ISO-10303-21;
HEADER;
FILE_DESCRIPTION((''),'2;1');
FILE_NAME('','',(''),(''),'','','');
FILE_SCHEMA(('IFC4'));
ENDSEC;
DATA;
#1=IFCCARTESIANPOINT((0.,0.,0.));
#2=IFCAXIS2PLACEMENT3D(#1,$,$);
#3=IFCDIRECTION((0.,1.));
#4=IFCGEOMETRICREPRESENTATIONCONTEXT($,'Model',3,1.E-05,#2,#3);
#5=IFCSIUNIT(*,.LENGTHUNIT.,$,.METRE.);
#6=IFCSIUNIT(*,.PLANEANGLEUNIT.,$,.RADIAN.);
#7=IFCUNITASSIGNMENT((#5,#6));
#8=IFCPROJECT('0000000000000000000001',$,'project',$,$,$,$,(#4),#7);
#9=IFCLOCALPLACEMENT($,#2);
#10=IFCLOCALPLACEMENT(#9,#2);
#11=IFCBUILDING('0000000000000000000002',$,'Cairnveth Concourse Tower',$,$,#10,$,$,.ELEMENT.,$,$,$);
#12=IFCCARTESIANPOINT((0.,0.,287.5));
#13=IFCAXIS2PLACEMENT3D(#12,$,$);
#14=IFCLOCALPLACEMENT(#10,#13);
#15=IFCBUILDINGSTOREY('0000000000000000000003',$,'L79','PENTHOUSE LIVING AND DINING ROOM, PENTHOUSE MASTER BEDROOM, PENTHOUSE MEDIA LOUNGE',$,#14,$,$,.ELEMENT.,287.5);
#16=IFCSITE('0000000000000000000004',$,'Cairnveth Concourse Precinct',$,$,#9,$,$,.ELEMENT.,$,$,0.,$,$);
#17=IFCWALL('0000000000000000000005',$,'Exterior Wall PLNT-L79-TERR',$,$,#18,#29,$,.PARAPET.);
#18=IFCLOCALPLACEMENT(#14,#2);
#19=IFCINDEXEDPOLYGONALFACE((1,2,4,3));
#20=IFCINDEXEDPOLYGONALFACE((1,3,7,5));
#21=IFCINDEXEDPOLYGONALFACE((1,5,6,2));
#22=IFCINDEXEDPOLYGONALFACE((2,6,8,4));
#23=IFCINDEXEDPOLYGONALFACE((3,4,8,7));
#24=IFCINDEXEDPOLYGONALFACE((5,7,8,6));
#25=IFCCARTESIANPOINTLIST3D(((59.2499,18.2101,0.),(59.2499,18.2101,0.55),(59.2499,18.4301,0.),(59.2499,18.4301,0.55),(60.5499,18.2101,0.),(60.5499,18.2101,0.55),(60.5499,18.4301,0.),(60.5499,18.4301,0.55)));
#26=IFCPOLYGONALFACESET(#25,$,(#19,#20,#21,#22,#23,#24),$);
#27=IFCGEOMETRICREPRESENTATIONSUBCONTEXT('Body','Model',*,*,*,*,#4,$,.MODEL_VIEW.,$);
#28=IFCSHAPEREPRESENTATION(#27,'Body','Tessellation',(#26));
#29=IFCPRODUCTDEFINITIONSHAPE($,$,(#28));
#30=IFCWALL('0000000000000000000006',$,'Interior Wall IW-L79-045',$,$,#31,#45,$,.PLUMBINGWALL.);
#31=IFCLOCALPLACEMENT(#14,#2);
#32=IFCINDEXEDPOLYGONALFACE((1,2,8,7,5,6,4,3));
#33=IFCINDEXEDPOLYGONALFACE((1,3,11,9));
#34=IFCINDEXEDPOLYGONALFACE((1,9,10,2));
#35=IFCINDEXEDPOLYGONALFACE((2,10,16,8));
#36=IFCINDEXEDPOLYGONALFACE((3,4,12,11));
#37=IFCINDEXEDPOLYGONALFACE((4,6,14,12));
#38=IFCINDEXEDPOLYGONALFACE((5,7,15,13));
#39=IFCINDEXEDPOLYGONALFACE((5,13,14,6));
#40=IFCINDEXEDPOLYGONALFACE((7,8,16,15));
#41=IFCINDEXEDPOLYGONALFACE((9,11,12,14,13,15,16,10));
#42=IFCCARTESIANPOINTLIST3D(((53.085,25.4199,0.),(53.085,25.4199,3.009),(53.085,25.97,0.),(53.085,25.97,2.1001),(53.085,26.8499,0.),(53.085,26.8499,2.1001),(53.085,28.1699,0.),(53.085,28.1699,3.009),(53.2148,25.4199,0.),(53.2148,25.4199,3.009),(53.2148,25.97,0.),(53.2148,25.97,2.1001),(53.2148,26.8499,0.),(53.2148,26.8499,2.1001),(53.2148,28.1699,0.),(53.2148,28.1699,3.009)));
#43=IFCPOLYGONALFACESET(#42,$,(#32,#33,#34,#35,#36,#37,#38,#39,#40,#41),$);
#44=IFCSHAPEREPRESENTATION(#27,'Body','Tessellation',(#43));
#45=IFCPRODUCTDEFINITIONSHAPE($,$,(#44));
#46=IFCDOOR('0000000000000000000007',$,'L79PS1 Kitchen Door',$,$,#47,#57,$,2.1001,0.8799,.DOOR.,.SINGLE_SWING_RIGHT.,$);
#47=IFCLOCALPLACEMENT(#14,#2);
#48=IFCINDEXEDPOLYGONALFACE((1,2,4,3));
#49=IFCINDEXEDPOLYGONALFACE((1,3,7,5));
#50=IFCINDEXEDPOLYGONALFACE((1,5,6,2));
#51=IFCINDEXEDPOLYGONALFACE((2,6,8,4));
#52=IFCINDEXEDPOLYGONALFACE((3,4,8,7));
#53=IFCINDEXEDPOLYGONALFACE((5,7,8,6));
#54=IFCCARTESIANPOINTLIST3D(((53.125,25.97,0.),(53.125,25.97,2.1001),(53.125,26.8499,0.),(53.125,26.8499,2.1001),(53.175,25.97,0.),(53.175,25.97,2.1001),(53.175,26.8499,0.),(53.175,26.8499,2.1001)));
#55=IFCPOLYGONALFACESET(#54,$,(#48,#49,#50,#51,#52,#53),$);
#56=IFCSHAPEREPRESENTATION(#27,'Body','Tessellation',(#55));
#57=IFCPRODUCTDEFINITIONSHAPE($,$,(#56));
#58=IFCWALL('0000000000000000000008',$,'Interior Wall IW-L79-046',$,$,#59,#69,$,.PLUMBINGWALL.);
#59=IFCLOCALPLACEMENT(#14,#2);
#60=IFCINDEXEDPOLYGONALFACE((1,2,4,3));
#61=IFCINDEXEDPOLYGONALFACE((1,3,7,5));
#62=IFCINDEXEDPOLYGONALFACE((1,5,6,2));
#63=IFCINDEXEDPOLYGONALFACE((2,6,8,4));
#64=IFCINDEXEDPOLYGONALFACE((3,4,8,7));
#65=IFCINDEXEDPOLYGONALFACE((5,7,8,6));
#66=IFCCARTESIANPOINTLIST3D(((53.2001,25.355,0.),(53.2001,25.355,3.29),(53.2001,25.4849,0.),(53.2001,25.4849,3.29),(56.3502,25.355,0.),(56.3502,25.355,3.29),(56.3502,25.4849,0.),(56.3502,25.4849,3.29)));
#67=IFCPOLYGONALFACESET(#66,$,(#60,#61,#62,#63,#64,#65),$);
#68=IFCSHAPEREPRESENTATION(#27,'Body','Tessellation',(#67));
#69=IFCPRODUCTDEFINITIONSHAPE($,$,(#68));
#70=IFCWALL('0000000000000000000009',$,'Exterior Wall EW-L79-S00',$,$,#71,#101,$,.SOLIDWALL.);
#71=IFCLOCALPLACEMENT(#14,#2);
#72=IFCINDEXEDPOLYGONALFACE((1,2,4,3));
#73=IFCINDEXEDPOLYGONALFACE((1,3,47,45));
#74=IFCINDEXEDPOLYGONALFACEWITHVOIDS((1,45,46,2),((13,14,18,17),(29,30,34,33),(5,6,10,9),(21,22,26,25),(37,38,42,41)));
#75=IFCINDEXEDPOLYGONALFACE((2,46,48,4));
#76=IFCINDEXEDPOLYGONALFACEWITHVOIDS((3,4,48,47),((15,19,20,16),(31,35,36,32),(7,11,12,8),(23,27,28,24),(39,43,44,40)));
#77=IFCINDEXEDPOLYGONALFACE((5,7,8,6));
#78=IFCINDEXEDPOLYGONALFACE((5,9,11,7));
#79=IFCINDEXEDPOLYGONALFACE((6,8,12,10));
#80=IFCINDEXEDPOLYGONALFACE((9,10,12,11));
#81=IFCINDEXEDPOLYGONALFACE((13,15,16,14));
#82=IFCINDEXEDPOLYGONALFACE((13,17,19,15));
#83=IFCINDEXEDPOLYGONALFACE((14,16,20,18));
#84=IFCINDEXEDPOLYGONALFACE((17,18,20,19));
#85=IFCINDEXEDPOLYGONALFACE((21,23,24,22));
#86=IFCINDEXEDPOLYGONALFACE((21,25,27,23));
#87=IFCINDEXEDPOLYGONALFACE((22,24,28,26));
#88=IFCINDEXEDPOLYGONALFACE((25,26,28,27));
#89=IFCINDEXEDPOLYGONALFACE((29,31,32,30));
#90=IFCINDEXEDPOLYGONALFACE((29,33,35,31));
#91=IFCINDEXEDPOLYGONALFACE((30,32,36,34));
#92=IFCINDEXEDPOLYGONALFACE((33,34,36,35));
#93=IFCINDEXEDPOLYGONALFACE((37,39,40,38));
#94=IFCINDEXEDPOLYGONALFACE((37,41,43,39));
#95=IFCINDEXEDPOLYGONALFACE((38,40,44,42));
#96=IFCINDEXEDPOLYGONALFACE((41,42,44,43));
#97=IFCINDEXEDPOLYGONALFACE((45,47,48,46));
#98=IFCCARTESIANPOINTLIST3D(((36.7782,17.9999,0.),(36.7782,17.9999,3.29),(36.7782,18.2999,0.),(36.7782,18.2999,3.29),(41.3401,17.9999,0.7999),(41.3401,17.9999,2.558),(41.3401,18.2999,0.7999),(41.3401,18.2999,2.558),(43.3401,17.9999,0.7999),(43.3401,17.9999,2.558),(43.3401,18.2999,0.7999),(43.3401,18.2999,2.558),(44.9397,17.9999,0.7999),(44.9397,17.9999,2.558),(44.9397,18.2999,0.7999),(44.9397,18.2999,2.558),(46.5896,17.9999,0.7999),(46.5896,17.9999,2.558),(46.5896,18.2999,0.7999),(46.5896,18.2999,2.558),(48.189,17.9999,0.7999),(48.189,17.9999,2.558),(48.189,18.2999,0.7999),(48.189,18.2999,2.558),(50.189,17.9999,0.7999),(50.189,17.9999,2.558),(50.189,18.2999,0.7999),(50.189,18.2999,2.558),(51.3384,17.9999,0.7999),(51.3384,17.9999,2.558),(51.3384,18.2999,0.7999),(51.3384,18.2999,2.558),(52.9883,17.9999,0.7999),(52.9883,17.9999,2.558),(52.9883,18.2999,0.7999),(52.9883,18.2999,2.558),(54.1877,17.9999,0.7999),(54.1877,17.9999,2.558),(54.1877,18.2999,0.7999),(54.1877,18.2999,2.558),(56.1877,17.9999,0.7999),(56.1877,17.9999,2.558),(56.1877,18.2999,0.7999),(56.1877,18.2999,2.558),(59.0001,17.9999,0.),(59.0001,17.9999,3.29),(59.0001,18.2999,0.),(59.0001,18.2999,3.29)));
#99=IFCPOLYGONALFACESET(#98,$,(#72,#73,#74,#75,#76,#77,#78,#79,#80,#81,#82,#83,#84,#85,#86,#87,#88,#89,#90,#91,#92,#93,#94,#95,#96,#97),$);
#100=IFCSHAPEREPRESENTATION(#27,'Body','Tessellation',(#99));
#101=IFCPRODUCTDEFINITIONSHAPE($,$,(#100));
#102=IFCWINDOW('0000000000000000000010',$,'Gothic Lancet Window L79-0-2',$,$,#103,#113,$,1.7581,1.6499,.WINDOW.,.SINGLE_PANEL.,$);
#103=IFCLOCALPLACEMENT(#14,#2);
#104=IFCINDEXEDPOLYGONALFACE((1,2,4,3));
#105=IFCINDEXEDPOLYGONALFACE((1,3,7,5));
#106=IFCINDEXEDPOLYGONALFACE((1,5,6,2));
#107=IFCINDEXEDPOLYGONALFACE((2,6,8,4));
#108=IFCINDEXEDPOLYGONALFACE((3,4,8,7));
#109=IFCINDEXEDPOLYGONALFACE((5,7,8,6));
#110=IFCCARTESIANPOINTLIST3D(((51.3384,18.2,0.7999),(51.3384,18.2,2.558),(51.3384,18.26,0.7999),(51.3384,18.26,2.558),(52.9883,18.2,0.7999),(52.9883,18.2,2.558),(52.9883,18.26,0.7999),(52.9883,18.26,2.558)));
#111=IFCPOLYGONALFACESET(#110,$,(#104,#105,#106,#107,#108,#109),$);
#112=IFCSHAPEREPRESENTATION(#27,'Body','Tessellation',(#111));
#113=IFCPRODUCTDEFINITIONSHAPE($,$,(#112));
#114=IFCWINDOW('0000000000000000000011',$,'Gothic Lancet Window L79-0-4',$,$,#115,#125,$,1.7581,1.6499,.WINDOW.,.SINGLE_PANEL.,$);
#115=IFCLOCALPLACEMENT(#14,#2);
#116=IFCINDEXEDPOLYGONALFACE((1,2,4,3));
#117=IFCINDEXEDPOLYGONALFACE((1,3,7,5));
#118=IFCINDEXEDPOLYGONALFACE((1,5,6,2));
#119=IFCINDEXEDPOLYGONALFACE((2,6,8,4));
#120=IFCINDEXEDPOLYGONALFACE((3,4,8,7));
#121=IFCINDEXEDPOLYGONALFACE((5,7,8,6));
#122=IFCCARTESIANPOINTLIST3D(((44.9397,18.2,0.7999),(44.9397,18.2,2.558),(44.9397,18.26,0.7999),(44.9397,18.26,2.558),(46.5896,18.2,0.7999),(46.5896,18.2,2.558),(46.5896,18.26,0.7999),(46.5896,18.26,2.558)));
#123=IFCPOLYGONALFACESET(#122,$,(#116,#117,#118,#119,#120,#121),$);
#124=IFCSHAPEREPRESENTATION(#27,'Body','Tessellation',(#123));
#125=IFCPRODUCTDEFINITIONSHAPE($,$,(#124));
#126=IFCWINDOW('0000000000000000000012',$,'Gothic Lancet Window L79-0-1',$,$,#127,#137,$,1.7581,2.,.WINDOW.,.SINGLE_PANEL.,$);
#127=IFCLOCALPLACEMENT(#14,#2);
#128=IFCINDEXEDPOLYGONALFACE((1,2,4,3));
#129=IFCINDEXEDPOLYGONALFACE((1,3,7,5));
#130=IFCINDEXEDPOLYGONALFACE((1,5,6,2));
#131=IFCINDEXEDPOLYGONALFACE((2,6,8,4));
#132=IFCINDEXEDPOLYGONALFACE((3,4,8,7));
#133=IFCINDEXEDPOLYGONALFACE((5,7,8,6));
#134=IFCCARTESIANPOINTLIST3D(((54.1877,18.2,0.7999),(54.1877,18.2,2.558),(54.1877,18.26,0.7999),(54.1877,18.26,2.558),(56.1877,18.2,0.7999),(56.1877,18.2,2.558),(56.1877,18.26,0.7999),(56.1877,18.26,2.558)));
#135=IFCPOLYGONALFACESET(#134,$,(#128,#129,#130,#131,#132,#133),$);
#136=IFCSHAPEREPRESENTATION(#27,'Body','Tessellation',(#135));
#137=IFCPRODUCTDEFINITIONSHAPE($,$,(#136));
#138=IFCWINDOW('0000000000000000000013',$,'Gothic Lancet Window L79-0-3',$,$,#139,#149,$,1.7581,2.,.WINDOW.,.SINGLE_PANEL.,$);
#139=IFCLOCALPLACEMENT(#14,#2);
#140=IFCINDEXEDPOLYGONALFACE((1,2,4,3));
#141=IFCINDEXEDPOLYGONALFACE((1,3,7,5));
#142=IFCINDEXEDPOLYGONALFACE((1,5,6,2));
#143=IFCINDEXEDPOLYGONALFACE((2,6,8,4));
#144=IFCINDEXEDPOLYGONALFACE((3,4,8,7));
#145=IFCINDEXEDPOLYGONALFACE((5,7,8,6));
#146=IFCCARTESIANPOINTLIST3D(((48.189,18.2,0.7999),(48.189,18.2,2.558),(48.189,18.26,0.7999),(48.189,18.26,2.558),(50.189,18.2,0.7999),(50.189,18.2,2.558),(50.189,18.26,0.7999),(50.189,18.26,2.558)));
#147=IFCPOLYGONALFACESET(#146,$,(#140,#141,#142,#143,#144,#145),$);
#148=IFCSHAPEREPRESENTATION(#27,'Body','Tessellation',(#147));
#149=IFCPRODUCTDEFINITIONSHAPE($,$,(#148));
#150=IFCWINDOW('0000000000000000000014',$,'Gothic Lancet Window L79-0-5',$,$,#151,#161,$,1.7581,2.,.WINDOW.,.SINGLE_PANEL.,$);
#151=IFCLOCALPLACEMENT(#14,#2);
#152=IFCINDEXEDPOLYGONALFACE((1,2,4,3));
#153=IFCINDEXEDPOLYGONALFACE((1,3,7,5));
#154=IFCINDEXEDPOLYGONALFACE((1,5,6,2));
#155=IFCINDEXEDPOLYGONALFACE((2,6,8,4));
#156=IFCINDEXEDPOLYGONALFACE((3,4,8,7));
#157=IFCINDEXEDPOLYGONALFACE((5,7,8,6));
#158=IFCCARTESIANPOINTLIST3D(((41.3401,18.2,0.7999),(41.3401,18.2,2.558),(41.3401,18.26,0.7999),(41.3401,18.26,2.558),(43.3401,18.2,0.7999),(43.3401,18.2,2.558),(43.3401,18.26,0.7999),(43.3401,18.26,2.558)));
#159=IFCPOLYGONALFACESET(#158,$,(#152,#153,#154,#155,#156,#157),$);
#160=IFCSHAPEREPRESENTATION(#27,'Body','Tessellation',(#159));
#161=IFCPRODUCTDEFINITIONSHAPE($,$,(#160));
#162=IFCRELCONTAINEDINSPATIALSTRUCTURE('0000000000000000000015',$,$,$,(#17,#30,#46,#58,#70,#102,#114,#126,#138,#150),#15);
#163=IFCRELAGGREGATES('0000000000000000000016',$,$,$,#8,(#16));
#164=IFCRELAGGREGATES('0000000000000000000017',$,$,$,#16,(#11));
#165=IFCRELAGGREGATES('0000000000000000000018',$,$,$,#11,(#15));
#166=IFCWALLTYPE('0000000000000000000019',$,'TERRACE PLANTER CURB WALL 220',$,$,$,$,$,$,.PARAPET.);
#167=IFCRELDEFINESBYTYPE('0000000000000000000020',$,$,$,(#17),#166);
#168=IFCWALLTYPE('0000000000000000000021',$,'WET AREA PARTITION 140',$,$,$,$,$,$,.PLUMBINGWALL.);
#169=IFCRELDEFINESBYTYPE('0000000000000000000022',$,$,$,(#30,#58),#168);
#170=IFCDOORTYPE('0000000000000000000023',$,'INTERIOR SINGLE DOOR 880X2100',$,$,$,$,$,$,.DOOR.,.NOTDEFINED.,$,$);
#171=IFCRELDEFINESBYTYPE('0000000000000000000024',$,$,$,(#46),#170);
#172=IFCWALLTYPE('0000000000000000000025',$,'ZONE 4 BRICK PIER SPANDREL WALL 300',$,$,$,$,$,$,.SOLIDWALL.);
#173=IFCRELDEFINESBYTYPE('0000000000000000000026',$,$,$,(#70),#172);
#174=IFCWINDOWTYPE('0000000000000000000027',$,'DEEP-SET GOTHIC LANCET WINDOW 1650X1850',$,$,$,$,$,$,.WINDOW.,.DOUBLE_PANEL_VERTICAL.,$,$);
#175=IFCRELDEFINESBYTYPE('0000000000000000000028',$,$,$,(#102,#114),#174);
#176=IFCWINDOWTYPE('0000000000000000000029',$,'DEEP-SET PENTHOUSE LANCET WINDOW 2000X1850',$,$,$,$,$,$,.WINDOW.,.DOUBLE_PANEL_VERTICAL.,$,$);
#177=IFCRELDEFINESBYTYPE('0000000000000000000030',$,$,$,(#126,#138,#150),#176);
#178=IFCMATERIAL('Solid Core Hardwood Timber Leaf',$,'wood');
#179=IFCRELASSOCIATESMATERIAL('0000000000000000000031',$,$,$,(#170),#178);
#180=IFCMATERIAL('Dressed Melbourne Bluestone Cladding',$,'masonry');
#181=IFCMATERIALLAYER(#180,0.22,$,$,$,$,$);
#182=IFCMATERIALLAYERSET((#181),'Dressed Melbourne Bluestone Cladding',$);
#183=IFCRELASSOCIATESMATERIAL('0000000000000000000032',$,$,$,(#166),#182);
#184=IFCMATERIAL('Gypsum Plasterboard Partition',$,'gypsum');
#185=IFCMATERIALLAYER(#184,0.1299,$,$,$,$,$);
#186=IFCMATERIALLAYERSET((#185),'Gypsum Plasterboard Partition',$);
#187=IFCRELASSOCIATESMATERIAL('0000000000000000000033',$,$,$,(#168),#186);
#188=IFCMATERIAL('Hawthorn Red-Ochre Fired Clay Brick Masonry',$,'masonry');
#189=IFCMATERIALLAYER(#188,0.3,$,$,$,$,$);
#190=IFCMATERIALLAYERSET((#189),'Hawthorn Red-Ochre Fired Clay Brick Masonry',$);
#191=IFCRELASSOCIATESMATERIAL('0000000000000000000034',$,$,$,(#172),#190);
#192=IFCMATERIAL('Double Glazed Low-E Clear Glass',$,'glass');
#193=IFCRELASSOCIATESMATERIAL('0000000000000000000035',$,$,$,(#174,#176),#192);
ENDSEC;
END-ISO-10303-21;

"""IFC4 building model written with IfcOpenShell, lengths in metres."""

from ifc_helpers import new_model, si_unit, direction, frame, frame_2d, origin, place, context, subcontext, project, spatial, rectangle, extrude, material, layer, layer_set, type_object, element, fill, save


model = new_model("IFC4")

# Units and contexts
model_context = context("Model", 3, precision=1e-05, world=origin(), true_north=direction((0.0, 1.0)))
body_context = subcontext(model_context, "Body", "Model", "MODEL_VIEW")
ifc_project = project(units=[si_unit("LENGTHUNIT", "METRE"), si_unit("PLANEANGLEUNIT", "RADIAN")], contexts=[model_context])

# Site, building, storey
site_placement = place(None, origin())
site = spatial("IfcSite", under=ifc_project, at=site_placement, Name="Cairnveth Concourse Precinct", CompositionType="ELEMENT", RefElevation=0.0)
building_placement = place(site_placement, origin())
building = spatial("IfcBuilding", under=site, at=building_placement, Name="Cairnveth Concourse Tower", CompositionType="ELEMENT")
storey_placement = place(building_placement, frame((0.0, 0.0, 287.5)))
storey = spatial("IfcBuildingStorey", under=building, at=storey_placement, Name="L79", Description="PENTHOUSE LIVING AND DINING ROOM, PENTHOUSE MASTER BEDROOM, PENTHOUSE MEDIA LOUNGE", CompositionType="ELEMENT", Elevation=287.5)

# Shared definitions
ifc_material_1 = material(Name="Gypsum Plasterboard Partition", Category="gypsum")
ifc_material_2 = material(Name="Solid Core Hardwood Timber Leaf", Category="wood")
door_type = type_object("IfcDoorType", Name="INTERIOR SINGLE DOOR 880X2100", OperationType="NOTDEFINED", PredefinedType="DOOR", material=ifc_material_2)

# Wall
ifc_material_3 = material(Name="Dressed Melbourne Bluestone Cladding", Category="masonry")
ifc_layer_1 = layer(ifc_material_3, 0.22)
ifc_layer_set_1 = layer_set([ifc_layer_1], Name="Dressed Melbourne Bluestone Cladding")
wall_type_1 = type_object("IfcWallType", Name="TERRACE PLANTER CURB WALL 220", PredefinedType="PARAPET", material=ifc_layer_set_1)
wall_1_placement = place(storey_placement, frame((59.25, 18.3201, 0.0), z_axis=(0.0, 0.0, 1.0), x_axis=(1.0, 0.0, 0.0)))
element("IfcWall", 1, at=wall_1_placement, inside=storey, type_object=wall_type_1, Name="Exterior Wall PLNT-L79-TERR", PredefinedType="PARAPET", context=body_context, shape_type="SweptSolid", body=[
    extrude(rectangle(XDim=1.3, YDim=0.22, at=frame_2d((0.6499, 0.0))), origin(), (0.0, 0.0, 1.0), 0.55),
])

# Wall, opening, door
ifc_layer_2 = layer(ifc_material_1, 0.1299)
ifc_layer_set_2 = layer_set([ifc_layer_2], Name="Gypsum Plasterboard Partition")
wall_type_2 = type_object("IfcWallType", Name="WET AREA PARTITION 140", PredefinedType="PLUMBINGWALL", material=ifc_layer_set_2)
wall_2_placement = place(storey_placement, frame((53.1499, 25.4199, 0.0), z_axis=(0.0, 0.0, 1.0), x_axis=(0.0, 1.0, 0.0)))
wall_2 = element("IfcWall", 2, at=wall_2_placement, inside=storey, type_object=wall_type_2, Name="Interior Wall IW-L79-045", PredefinedType="PLUMBINGWALL", context=body_context, shape_type="SweptSolid", body=[
    extrude(rectangle(XDim=2.75, YDim=0.1299, at=frame_2d((1.375, 0.0))), origin(), (0.0, 0.0, 1.0), 3.009),
])
opening_1_placement = place(wall_2_placement, frame((0.55, 0.0, 0.0)))
opening_1 = element("IfcOpeningElement", 3, at=opening_1_placement, cuts=wall_2, PredefinedType="OPENING", context=body_context, shape_type="SweptSolid", body=[
    extrude(rectangle(XDim=0.8799, YDim=2.1001, at=frame_2d((0.4399, 1.05))), frame((0.0, 0.075, 0.0), z_axis=(0.0, -1.0, 0.0), x_axis=(1.0, 0.0, 0.0)), (0.0, 0.0, 1.0), 0.1499),
])
door_1_placement = place(opening_1_placement, origin())
door_1 = element("IfcDoor", 4, at=door_1_placement, inside=storey, type_object=door_type, Name="L79PS1 Kitchen Door", OperationType="SINGLE_SWING_RIGHT", OverallHeight=2.1001, OverallWidth=0.8799, PredefinedType="DOOR", context=body_context, shape_type="SweptSolid", body=[
    extrude(rectangle(XDim=0.8799, YDim=2.1001, at=frame_2d((0.4399, 1.05))), frame((0.0, 0.0249, 0.0), z_axis=(0.0, -1.0, 0.0), x_axis=(1.0, 0.0, 0.0)), (0.0, 0.0, 1.0), 0.05),
])
fill(opening_1, door_1)

# Wall
wall_3_placement = place(storey_placement, frame((53.2, 25.4199, 0.0), z_axis=(0.0, 0.0, 1.0), x_axis=(1.0, 0.0, 0.0)))
element("IfcWall", 5, at=wall_3_placement, inside=storey, type_object=wall_type_2, Name="Interior Wall IW-L79-046", PredefinedType="PLUMBINGWALL", context=body_context, shape_type="SweptSolid", body=[
    extrude(rectangle(XDim=3.1501, YDim=0.1299, at=frame_2d((1.5752, 0.0))), origin(), (0.0, 0.0, 1.0), 3.29),
])

# Wall, openings, windows
ifc_material_4 = material(Name="Hawthorn Red-Ochre Fired Clay Brick Masonry", Category="masonry")
ifc_layer_3 = layer(ifc_material_4, 0.3)
ifc_layer_set_3 = layer_set([ifc_layer_3], Name="Hawthorn Red-Ochre Fired Clay Brick Masonry")
wall_type_3 = type_object("IfcWallType", Name="ZONE 4 BRICK PIER SPANDREL WALL 300", PredefinedType="SOLIDWALL", material=ifc_layer_set_3)
wall_4_placement = place(storey_placement, frame((59.0, 18.1499, 0.0), z_axis=(0.0, 0.0, 1.0), x_axis=(-1.0, 0.0, 0.0)))
wall_4 = element("IfcWall", 6, at=wall_4_placement, inside=storey, type_object=wall_type_3, Name="Exterior Wall EW-L79-S00", PredefinedType="SOLIDWALL", context=body_context, shape_type="SweptSolid", body=[
    extrude(rectangle(XDim=22.2219, YDim=0.3, at=frame_2d((11.1108, 0.0))), origin(), (0.0, 0.0, 1.0), 3.29),
])
opening_2_placement = place(wall_4_placement, frame((2.8123, 0.0, 0.8)))
opening_2 = element("IfcOpeningElement", 7, at=opening_2_placement, cuts=wall_4, PredefinedType="OPENING", context=body_context, shape_type="SweptSolid", body=[
    extrude(rectangle(XDim=2.0, YDim=1.7581, at=frame_2d((1.0, 0.8789))), frame((0.0, 0.1599, 0.0), z_axis=(0.0, -1.0, 0.0), x_axis=(1.0, 0.0, 0.0)), (0.0, 0.0, 1.0), 0.3201),
])
opening_3_placement = place(wall_4_placement, frame((6.0117, 0.0, 0.8)))
opening_3 = element("IfcOpeningElement", 8, at=opening_3_placement, cuts=wall_4, PredefinedType="OPENING", context=body_context, shape_type="SweptSolid", body=[
    extrude(rectangle(XDim=1.6499, YDim=1.7581, at=frame_2d((0.825, 0.8789))), frame((0.0, 0.1599, 0.0), z_axis=(0.0, -1.0, 0.0), x_axis=(1.0, 0.0, 0.0)), (0.0, 0.0, 1.0), 0.3201),
])
opening_4_placement = place(wall_4_placement, frame((8.811, 0.0, 0.8)))
opening_4 = element("IfcOpeningElement", 9, at=opening_4_placement, cuts=wall_4, PredefinedType="OPENING", context=body_context, shape_type="SweptSolid", body=[
    extrude(rectangle(XDim=2.0, YDim=1.7581, at=frame_2d((1.0, 0.8789))), frame((0.0, 0.1599, 0.0), z_axis=(0.0, -1.0, 0.0), x_axis=(1.0, 0.0, 0.0)), (0.0, 0.0, 1.0), 0.3201),
])
opening_5_placement = place(wall_4_placement, frame((12.4104, 0.0, 0.8)))
opening_5 = element("IfcOpeningElement", 10, at=opening_5_placement, cuts=wall_4, PredefinedType="OPENING", context=body_context, shape_type="SweptSolid", body=[
    extrude(rectangle(XDim=1.6499, YDim=1.7581, at=frame_2d((0.825, 0.8789))), frame((0.0, 0.1599, 0.0), z_axis=(0.0, -1.0, 0.0), x_axis=(1.0, 0.0, 0.0)), (0.0, 0.0, 1.0), 0.3201),
])
opening_6_placement = place(wall_4_placement, frame((15.6599, 0.0, 0.8)))
opening_6 = element("IfcOpeningElement", 11, at=opening_6_placement, cuts=wall_4, PredefinedType="OPENING", context=body_context, shape_type="SweptSolid", body=[
    extrude(rectangle(XDim=2.0, YDim=1.7581, at=frame_2d((1.0, 0.8789))), frame((0.0, 0.1599, 0.0), z_axis=(0.0, -1.0, 0.0), x_axis=(1.0, 0.0, 0.0)), (0.0, 0.0, 1.0), 0.3201),
])
ifc_material_5 = material(Name="Double Glazed Low-E Clear Glass", Category="glass")
window_type_1 = type_object("IfcWindowType", Name="DEEP-SET GOTHIC LANCET WINDOW 1650X1850", PartitioningType="DOUBLE_PANEL_VERTICAL", PredefinedType="WINDOW", material=ifc_material_5)
window_1_placement = place(opening_3_placement, origin())
window_1 = element("IfcWindow", 12, at=window_1_placement, inside=storey, type_object=window_type_1, Name="Gothic Lancet Window L79-0-2", OverallHeight=1.7581, OverallWidth=1.6499, PartitioningType="SINGLE_PANEL", PredefinedType="WINDOW", context=body_context, shape_type="SweptSolid", body=[
    extrude(rectangle(XDim=1.6499, YDim=1.7581, at=frame_2d((0.825, 0.8789))), frame((0.0, -0.05, 0.0), z_axis=(0.0, -1.0, 0.0), x_axis=(1.0, 0.0, 0.0)), (0.0, 0.0, 1.0), 0.0601),
])
fill(opening_3, window_1)
window_2_placement = place(opening_5_placement, origin())
window_2 = element("IfcWindow", 13, at=window_2_placement, inside=storey, type_object=window_type_1, Name="Gothic Lancet Window L79-0-4", OverallHeight=1.7581, OverallWidth=1.6499, PartitioningType="SINGLE_PANEL", PredefinedType="WINDOW", context=body_context, shape_type="SweptSolid", body=[
    extrude(rectangle(XDim=1.6499, YDim=1.7581, at=frame_2d((0.825, 0.8789))), frame((0.0, -0.05, 0.0), z_axis=(0.0, -1.0, 0.0), x_axis=(1.0, 0.0, 0.0)), (0.0, 0.0, 1.0), 0.0601),
])
fill(opening_5, window_2)
window_type_2 = type_object("IfcWindowType", Name="DEEP-SET PENTHOUSE LANCET WINDOW 2000X1850", PartitioningType="DOUBLE_PANEL_VERTICAL", PredefinedType="WINDOW", material=ifc_material_5)
window_3_placement = place(opening_2_placement, origin())
window_3 = element("IfcWindow", 14, at=window_3_placement, inside=storey, type_object=window_type_2, Name="Gothic Lancet Window L79-0-1", OverallHeight=1.7581, OverallWidth=2.0, PartitioningType="SINGLE_PANEL", PredefinedType="WINDOW", context=body_context, shape_type="SweptSolid", body=[
    extrude(rectangle(XDim=2.0, YDim=1.7581, at=frame_2d((1.0, 0.8789))), frame((0.0, -0.05, 0.0), z_axis=(0.0, -1.0, 0.0), x_axis=(1.0, 0.0, 0.0)), (0.0, 0.0, 1.0), 0.0601),
])
fill(opening_2, window_3)
window_4_placement = place(opening_4_placement, origin())
window_4 = element("IfcWindow", 15, at=window_4_placement, inside=storey, type_object=window_type_2, Name="Gothic Lancet Window L79-0-3", OverallHeight=1.7581, OverallWidth=2.0, PartitioningType="SINGLE_PANEL", PredefinedType="WINDOW", context=body_context, shape_type="SweptSolid", body=[
    extrude(rectangle(XDim=2.0, YDim=1.7581, at=frame_2d((1.0, 0.8789))), frame((0.0, -0.05, 0.0), z_axis=(0.0, -1.0, 0.0), x_axis=(1.0, 0.0, 0.0)), (0.0, 0.0, 1.0), 0.0601),
])
fill(opening_4, window_4)
window_5_placement = place(opening_6_placement, origin())
window_5 = element("IfcWindow", 16, at=window_5_placement, inside=storey, type_object=window_type_2, Name="Gothic Lancet Window L79-0-5", OverallHeight=1.7581, OverallWidth=2.0, PartitioningType="SINGLE_PANEL", PredefinedType="WINDOW", context=body_context, shape_type="SweptSolid", body=[
    extrude(rectangle(XDim=2.0, YDim=1.7581, at=frame_2d((1.0, 0.8789))), frame((0.0, -0.05, 0.0), z_axis=(0.0, -1.0, 0.0), x_axis=(1.0, 0.0, 0.0)), (0.0, 0.0, 1.0), 0.0601),
])
fill(opening_6, window_5)

save(model, "model.ifc")
